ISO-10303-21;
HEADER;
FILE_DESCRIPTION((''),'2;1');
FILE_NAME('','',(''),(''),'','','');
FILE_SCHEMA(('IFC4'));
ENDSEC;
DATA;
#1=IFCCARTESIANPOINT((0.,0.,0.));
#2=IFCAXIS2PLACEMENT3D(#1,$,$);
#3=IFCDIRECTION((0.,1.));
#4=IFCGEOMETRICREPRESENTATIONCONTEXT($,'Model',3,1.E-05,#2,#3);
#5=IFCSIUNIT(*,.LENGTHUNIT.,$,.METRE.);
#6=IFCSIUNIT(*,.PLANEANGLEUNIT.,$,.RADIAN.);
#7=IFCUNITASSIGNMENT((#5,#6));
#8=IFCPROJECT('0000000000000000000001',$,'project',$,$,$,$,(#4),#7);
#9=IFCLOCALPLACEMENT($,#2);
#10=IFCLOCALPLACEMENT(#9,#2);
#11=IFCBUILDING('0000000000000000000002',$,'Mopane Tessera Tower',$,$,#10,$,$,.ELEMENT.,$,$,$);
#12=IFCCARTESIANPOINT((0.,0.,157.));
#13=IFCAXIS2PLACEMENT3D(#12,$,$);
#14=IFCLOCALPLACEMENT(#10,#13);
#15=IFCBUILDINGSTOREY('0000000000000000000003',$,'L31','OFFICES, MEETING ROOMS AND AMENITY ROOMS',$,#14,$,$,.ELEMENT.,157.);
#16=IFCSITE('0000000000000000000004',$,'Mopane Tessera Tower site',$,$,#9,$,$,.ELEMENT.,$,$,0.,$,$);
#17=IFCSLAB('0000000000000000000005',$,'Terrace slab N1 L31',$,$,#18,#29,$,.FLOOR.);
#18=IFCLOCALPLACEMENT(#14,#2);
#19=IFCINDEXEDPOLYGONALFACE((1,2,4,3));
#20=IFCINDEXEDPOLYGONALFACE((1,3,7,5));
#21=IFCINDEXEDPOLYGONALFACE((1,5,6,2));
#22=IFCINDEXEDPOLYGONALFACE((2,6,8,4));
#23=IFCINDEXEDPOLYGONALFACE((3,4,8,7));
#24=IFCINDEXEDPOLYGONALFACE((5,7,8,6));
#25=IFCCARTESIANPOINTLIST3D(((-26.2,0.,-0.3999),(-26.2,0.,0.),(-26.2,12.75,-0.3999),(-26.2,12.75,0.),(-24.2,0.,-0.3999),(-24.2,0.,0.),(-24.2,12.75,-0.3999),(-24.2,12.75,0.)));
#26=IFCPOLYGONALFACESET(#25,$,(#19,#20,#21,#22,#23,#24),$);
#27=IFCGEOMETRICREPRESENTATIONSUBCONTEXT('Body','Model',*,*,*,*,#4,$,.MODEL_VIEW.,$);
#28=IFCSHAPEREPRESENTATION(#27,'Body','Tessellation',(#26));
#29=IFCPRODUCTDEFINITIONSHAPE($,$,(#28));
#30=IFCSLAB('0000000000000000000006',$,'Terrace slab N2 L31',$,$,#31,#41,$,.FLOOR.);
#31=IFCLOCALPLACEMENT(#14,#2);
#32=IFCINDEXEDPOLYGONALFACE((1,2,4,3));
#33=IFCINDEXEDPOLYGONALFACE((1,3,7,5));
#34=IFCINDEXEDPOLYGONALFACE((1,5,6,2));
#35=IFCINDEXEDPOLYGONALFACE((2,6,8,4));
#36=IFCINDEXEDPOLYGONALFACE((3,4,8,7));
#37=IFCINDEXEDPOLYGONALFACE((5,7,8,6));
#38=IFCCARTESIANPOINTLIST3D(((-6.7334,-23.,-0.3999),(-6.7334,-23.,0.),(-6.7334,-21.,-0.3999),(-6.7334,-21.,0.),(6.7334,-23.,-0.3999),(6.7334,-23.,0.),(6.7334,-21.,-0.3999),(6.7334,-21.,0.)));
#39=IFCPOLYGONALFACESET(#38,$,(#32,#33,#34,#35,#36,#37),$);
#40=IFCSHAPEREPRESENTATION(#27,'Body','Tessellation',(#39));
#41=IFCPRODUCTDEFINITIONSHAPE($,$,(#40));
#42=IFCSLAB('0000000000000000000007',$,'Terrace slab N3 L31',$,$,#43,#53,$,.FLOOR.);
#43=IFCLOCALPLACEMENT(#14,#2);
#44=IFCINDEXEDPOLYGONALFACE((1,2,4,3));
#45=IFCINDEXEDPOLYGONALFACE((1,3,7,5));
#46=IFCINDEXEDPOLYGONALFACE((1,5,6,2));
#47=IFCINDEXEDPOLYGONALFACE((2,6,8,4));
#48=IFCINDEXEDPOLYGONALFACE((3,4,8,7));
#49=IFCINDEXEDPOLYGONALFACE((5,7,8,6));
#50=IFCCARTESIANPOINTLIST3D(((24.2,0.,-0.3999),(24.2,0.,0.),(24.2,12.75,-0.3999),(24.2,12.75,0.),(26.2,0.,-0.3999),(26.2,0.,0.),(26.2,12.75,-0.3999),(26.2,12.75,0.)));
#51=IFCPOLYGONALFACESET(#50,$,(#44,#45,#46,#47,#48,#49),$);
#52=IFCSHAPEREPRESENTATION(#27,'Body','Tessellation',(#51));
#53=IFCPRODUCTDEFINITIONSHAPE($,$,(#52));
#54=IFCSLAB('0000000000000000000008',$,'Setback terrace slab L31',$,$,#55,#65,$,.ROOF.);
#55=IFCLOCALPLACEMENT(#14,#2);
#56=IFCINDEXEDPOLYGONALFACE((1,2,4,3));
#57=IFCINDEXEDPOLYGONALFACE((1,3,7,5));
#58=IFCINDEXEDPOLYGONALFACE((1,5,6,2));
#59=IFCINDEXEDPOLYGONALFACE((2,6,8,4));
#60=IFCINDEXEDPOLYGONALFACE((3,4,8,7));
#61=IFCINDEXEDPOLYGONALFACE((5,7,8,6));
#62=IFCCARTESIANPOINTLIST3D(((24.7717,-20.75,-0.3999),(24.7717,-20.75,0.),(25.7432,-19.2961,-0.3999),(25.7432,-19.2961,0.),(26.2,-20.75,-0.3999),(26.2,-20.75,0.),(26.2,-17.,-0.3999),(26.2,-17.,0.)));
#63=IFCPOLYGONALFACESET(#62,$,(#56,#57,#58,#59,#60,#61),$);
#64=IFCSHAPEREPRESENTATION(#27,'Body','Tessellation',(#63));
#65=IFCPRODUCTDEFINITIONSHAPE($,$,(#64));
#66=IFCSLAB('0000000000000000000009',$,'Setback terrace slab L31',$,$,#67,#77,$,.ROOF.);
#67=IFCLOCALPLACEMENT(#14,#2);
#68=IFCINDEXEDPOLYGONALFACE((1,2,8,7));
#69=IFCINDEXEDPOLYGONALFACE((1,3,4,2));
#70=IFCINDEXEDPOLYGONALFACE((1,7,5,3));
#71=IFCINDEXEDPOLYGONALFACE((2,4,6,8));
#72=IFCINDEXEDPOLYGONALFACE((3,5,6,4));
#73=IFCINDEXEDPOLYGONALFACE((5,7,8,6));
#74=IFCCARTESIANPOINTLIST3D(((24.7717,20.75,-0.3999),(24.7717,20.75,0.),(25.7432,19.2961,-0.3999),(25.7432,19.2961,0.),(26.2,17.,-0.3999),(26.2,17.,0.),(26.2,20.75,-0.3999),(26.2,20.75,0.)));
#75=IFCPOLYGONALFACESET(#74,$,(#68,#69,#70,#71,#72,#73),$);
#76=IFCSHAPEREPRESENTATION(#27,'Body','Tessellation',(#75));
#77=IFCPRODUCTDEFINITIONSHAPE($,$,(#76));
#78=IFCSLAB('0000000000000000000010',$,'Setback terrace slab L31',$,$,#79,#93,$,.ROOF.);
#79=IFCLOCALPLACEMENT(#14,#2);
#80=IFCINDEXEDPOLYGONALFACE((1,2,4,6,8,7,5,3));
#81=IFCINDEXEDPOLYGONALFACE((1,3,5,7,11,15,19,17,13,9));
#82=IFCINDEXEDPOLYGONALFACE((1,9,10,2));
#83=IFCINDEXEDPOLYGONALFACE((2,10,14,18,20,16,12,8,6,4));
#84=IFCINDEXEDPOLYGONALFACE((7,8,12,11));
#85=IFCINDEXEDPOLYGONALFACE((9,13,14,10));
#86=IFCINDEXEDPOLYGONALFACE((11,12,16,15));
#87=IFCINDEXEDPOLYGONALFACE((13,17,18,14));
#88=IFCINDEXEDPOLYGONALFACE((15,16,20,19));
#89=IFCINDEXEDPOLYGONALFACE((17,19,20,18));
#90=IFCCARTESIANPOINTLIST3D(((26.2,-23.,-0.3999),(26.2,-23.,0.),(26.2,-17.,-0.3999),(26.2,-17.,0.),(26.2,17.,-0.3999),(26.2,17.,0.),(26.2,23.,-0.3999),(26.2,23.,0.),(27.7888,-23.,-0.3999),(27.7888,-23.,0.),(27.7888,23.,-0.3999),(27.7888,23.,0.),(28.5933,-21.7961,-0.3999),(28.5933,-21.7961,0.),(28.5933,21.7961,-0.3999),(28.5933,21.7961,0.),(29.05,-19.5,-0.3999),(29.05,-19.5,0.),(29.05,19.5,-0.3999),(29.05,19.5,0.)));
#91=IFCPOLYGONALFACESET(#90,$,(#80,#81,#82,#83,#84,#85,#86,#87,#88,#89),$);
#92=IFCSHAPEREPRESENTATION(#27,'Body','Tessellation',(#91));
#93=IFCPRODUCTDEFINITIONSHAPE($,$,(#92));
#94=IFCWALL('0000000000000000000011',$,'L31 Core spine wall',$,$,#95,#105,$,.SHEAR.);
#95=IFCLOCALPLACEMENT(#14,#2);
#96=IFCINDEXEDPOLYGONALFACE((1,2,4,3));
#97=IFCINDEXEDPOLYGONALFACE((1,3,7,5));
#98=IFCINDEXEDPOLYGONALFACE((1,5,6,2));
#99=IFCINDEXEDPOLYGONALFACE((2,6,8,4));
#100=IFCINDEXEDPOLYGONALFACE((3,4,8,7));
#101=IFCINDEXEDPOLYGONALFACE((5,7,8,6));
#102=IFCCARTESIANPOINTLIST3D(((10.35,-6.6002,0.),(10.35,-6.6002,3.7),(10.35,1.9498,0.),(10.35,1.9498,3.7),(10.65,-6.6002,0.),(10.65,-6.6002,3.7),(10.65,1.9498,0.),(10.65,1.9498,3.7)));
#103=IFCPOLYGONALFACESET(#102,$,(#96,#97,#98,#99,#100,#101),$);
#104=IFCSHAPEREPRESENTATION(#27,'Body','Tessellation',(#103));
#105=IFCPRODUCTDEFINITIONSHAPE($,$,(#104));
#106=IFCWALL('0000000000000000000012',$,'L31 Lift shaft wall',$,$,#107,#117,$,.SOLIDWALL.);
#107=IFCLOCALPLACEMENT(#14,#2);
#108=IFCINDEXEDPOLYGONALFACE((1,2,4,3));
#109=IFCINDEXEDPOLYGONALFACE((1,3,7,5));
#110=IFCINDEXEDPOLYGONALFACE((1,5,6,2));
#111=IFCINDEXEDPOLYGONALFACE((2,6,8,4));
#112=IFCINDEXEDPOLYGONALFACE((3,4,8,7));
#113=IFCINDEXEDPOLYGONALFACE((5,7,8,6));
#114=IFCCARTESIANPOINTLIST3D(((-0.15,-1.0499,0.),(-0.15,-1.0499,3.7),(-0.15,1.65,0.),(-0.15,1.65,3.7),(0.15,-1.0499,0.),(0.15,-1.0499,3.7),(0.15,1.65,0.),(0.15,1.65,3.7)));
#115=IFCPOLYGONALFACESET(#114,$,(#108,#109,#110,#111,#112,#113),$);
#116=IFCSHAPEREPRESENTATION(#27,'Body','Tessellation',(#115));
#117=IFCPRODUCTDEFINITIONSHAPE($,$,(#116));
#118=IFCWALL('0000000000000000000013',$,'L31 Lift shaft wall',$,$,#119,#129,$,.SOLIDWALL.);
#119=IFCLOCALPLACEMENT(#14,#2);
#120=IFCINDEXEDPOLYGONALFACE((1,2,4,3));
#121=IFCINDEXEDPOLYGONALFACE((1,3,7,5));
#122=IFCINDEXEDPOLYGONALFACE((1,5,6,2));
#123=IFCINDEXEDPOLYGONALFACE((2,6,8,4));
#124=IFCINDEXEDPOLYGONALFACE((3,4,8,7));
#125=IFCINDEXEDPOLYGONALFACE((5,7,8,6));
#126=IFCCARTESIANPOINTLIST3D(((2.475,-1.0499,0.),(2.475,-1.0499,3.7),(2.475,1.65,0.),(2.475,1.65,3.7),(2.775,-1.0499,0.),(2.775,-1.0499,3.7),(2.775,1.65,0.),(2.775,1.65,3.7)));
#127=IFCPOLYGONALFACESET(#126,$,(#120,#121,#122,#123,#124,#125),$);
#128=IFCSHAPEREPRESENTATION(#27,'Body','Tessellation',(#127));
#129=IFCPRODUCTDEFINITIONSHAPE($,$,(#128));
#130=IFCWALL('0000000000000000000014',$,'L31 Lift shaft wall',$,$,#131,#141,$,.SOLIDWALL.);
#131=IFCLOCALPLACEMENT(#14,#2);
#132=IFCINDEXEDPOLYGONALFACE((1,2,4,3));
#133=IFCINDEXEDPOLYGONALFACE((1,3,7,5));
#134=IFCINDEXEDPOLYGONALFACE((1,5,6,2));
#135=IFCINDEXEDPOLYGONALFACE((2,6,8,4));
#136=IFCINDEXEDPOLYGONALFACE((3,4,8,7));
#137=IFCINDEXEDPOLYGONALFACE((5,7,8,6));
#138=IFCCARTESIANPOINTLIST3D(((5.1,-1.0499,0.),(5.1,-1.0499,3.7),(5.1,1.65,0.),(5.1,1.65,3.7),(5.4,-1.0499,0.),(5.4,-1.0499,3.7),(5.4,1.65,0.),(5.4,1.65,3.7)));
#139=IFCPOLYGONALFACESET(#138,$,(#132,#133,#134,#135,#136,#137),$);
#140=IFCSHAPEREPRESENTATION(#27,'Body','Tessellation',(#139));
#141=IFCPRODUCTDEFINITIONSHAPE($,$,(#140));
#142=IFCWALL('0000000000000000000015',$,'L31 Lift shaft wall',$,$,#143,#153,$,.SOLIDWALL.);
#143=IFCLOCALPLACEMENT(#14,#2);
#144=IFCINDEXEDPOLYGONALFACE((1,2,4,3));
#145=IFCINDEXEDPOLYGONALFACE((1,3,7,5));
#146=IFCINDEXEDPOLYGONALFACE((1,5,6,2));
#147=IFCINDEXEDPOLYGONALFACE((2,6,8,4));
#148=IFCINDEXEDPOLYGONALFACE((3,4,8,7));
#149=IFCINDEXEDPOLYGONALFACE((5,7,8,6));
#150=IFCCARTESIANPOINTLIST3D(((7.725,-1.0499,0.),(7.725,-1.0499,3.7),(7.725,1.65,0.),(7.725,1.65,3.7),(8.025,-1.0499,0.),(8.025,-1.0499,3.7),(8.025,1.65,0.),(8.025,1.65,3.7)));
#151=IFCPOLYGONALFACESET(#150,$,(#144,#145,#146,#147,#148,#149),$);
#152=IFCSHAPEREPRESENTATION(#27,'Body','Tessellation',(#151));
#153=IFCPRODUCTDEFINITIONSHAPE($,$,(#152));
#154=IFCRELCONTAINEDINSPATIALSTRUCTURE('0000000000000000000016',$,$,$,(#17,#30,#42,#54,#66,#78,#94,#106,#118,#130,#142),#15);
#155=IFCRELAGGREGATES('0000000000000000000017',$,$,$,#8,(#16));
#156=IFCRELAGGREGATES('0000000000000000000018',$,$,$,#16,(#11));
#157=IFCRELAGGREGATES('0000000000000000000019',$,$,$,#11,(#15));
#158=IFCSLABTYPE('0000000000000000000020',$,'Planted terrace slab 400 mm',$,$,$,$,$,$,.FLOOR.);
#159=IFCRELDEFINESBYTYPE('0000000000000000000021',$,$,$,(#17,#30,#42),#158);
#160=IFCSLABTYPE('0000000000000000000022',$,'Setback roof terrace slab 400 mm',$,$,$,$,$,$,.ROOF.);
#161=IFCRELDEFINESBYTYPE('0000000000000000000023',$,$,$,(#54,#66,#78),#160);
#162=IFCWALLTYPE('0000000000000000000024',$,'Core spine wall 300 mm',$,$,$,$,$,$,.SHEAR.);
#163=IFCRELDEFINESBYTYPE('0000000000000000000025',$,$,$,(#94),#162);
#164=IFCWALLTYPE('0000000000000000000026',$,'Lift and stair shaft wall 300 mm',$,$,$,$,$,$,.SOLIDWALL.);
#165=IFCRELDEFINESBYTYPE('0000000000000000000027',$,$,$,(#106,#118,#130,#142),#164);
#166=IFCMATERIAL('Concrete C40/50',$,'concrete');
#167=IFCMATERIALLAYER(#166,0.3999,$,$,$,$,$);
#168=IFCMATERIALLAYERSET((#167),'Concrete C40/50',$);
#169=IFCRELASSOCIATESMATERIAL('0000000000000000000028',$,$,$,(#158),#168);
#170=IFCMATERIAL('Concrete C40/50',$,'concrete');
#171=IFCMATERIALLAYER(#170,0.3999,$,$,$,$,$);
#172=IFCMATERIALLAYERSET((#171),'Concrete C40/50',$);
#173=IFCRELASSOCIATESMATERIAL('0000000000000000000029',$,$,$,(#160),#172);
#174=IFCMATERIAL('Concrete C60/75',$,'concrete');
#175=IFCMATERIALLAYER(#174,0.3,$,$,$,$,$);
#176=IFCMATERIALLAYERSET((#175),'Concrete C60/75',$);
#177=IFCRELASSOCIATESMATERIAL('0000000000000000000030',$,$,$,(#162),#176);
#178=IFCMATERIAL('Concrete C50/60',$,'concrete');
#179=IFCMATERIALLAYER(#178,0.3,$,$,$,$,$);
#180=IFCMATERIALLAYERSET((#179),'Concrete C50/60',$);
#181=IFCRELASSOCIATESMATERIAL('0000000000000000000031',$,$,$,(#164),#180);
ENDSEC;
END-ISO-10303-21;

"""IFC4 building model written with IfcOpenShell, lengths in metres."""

from ifc_helpers import new_model, si_unit, direction, frame, frame_2d, origin, place, context, subcontext, project, spatial, polyline, rectangle, outline, extrude, material, layer, layer_set, type_object, element, save


model = new_model("IFC4")

# Units and contexts
model_context = context("Model", 3, precision=1e-05, world=origin(), true_north=direction((0.0, 1.0)))
body_context = subcontext(model_context, "Body", "Model", "MODEL_VIEW")
ifc_project = project(units=[si_unit("LENGTHUNIT", "METRE"), si_unit("PLANEANGLEUNIT", "RADIAN")], contexts=[model_context])

# Site, building, storey
site_placement = place(None, origin())
site = spatial("IfcSite", under=ifc_project, at=site_placement, Name="Mopane Tessera Tower site", CompositionType="ELEMENT", RefElevation=0.0)
building_placement = place(site_placement, origin())
building = spatial("IfcBuilding", under=site, at=building_placement, Name="Mopane Tessera Tower", CompositionType="ELEMENT")
storey_placement = place(building_placement, frame((0.0, 0.0, 157.0)))
storey = spatial("IfcBuildingStorey", under=building, at=storey_placement, Name="L31", Description="OFFICES, MEETING ROOMS AND AMENITY ROOMS", CompositionType="ELEMENT", Elevation=157.0)

# Slabs
ifc_material_1 = material(Name="Concrete C40/50", Category="concrete")
ifc_layer_1 = layer(ifc_material_1, 0.3999)
ifc_layer_set_1 = layer_set([ifc_layer_1], Name="Concrete C40/50")
slab_type_1 = type_object("IfcSlabType", Name="Planted terrace slab 400 mm", PredefinedType="FLOOR", material=ifc_layer_set_1)
slab_1_placement = place(storey_placement, frame((0.0, 0.0, -0.3999)))
element("IfcSlab", 1, at=slab_1_placement, inside=storey, type_object=slab_type_1, Name="Terrace slab N1 L31", PredefinedType="FLOOR", context=body_context, shape_type="SweptSolid", body=[
    extrude(outline(polyline([(-26.2, 12.75), (-26.2, 0.0), (-24.2, 0.0), (-24.2, 12.75), (-26.2, 12.75)])), origin(), (0.0, 0.0, 1.0), 0.3999),
])
slab_2_placement = place(storey_placement, frame((0.0, 0.0, -0.3999)))
element("IfcSlab", 2, at=slab_2_placement, inside=storey, type_object=slab_type_1, Name="Terrace slab N2 L31", PredefinedType="FLOOR", context=body_context, shape_type="SweptSolid", body=[
    extrude(outline(polyline([(-6.7334, -23.0), (6.7334, -23.0), (6.7334, -21.0), (-6.7334, -21.0), (-6.7334, -23.0)])), origin(), (0.0, 0.0, 1.0), 0.3999),
])
slab_3_placement = place(storey_placement, frame((0.0, 0.0, -0.3999)))
element("IfcSlab", 3, at=slab_3_placement, inside=storey, type_object=slab_type_1, Name="Terrace slab N3 L31", PredefinedType="FLOOR", context=body_context, shape_type="SweptSolid", body=[
    extrude(outline(polyline([(26.2, 0.0), (26.2, 12.75), (24.2, 12.75), (24.2, 0.0), (26.2, 0.0)])), origin(), (0.0, 0.0, 1.0), 0.3999),
])
ifc_material_2 = material(Name="Concrete C40/50", Category="concrete")
ifc_layer_2 = layer(ifc_material_2, 0.3999)
ifc_layer_set_2 = layer_set([ifc_layer_2], Name="Concrete C40/50")
slab_type_2 = type_object("IfcSlabType", Name="Setback roof terrace slab 400 mm", PredefinedType="ROOF", material=ifc_layer_set_2)
slab_4_placement = place(storey_placement, frame((0.0, 0.0, -0.3999)))
element("IfcSlab", 4, at=slab_4_placement, inside=storey, type_object=slab_type_2, Name="Setback terrace slab L31", PredefinedType="ROOF", context=body_context, shape_type="SweptSolid", body=[
    extrude(outline(polyline([(24.7717, -20.75), (26.2, -20.75), (26.2, -17.0), (25.7432, -19.2961), (24.7717, -20.75)])), origin(), (0.0, 0.0, 1.0), 0.3999),
])
slab_5_placement = place(storey_placement, frame((0.0, 0.0, -0.3999)))
element("IfcSlab", 5, at=slab_5_placement, inside=storey, type_object=slab_type_2, Name="Setback terrace slab L31", PredefinedType="ROOF", context=body_context, shape_type="SweptSolid", body=[
    extrude(outline(polyline([(26.2, 17.0), (26.2, 20.75), (24.7717, 20.75), (25.7432, 19.2961), (26.2, 17.0)])), origin(), (0.0, 0.0, 1.0), 0.3999),
])
slab_6_placement = place(storey_placement, frame((0.0, 0.0, -0.3999)))
element("IfcSlab", 6, at=slab_6_placement, inside=storey, type_object=slab_type_2, Name="Setback terrace slab L31", PredefinedType="ROOF", context=body_context, shape_type="SweptSolid", body=[
    extrude(outline(polyline([(27.7888, 23.0), (26.2, 23.0), (26.2, 17.0), (26.2, -17.0), (26.2, -23.0), (27.7888, -23.0), (28.5933, -21.7961), (29.05, -19.5), (29.05, 19.5), (28.5933, 21.7961), (27.7888, 23.0)])), origin(), (0.0, 0.0, 1.0), 0.3999),
])

# Walls
ifc_material_3 = material(Name="Concrete C60/75", Category="concrete")
ifc_layer_3 = layer(ifc_material_3, 0.3)
ifc_layer_set_3 = layer_set([ifc_layer_3], Name="Concrete C60/75")
wall_type_1 = type_object("IfcWallType", Name="Core spine wall 300 mm", PredefinedType="SHEAR", material=ifc_layer_set_3)
wall_1_placement = place(storey_placement, frame((10.5, -6.6001, 0.0), z_axis=(0.0, 0.0, 1.0), x_axis=(0.0, 1.0, 0.0)))
element("IfcWall", 7, at=wall_1_placement, inside=storey, type_object=wall_type_1, Name="L31 Core spine wall", PredefinedType="SHEAR", context=body_context, shape_type="SweptSolid", body=[
    extrude(rectangle(XDim=8.55, YDim=0.3, at=frame_2d((4.2749, 0.0))), origin(), (0.0, 0.0, 1.0), 3.7),
])
ifc_material_4 = material(Name="Concrete C50/60", Category="concrete")
ifc_layer_4 = layer(ifc_material_4, 0.3)
ifc_layer_set_4 = layer_set([ifc_layer_4], Name="Concrete C50/60")
wall_type_2 = type_object("IfcWallType", Name="Lift and stair shaft wall 300 mm", PredefinedType="SOLIDWALL", material=ifc_layer_set_4)
for number, where, z_axis, x_axis, name in (
    (8, (0.0, -1.05, 0.0), (0.0, 0.0, 1.0), (0.0, 1.0, 0.0), "L31 Lift shaft wall"),
    (9, (2.625, -1.05, 0.0), (0.0, 0.0, 1.0), (0.0, 1.0, 0.0), "L31 Lift shaft wall"),
    (10, (5.25, -1.05, 0.0), (0.0, 0.0, 1.0), (0.0, 1.0, 0.0), "L31 Lift shaft wall"),
    (11, (7.875, -1.05, 0.0), (0.0, 0.0, 1.0), (0.0, 1.0, 0.0), "L31 Lift shaft wall"),
):
    element("IfcWall", number, at=place(storey_placement, frame(where, z_axis=z_axis, x_axis=x_axis)), inside=storey, type_object=wall_type_2, Name=name, PredefinedType="SOLIDWALL", context=body_context, shape_type="SweptSolid", body=[
        extrude(rectangle(XDim=2.7, YDim=0.3, at=frame_2d((1.3501, 0.0))), origin(), (0.0, 0.0, 1.0), 3.7),
    ])

save(model, "model.ifc")
